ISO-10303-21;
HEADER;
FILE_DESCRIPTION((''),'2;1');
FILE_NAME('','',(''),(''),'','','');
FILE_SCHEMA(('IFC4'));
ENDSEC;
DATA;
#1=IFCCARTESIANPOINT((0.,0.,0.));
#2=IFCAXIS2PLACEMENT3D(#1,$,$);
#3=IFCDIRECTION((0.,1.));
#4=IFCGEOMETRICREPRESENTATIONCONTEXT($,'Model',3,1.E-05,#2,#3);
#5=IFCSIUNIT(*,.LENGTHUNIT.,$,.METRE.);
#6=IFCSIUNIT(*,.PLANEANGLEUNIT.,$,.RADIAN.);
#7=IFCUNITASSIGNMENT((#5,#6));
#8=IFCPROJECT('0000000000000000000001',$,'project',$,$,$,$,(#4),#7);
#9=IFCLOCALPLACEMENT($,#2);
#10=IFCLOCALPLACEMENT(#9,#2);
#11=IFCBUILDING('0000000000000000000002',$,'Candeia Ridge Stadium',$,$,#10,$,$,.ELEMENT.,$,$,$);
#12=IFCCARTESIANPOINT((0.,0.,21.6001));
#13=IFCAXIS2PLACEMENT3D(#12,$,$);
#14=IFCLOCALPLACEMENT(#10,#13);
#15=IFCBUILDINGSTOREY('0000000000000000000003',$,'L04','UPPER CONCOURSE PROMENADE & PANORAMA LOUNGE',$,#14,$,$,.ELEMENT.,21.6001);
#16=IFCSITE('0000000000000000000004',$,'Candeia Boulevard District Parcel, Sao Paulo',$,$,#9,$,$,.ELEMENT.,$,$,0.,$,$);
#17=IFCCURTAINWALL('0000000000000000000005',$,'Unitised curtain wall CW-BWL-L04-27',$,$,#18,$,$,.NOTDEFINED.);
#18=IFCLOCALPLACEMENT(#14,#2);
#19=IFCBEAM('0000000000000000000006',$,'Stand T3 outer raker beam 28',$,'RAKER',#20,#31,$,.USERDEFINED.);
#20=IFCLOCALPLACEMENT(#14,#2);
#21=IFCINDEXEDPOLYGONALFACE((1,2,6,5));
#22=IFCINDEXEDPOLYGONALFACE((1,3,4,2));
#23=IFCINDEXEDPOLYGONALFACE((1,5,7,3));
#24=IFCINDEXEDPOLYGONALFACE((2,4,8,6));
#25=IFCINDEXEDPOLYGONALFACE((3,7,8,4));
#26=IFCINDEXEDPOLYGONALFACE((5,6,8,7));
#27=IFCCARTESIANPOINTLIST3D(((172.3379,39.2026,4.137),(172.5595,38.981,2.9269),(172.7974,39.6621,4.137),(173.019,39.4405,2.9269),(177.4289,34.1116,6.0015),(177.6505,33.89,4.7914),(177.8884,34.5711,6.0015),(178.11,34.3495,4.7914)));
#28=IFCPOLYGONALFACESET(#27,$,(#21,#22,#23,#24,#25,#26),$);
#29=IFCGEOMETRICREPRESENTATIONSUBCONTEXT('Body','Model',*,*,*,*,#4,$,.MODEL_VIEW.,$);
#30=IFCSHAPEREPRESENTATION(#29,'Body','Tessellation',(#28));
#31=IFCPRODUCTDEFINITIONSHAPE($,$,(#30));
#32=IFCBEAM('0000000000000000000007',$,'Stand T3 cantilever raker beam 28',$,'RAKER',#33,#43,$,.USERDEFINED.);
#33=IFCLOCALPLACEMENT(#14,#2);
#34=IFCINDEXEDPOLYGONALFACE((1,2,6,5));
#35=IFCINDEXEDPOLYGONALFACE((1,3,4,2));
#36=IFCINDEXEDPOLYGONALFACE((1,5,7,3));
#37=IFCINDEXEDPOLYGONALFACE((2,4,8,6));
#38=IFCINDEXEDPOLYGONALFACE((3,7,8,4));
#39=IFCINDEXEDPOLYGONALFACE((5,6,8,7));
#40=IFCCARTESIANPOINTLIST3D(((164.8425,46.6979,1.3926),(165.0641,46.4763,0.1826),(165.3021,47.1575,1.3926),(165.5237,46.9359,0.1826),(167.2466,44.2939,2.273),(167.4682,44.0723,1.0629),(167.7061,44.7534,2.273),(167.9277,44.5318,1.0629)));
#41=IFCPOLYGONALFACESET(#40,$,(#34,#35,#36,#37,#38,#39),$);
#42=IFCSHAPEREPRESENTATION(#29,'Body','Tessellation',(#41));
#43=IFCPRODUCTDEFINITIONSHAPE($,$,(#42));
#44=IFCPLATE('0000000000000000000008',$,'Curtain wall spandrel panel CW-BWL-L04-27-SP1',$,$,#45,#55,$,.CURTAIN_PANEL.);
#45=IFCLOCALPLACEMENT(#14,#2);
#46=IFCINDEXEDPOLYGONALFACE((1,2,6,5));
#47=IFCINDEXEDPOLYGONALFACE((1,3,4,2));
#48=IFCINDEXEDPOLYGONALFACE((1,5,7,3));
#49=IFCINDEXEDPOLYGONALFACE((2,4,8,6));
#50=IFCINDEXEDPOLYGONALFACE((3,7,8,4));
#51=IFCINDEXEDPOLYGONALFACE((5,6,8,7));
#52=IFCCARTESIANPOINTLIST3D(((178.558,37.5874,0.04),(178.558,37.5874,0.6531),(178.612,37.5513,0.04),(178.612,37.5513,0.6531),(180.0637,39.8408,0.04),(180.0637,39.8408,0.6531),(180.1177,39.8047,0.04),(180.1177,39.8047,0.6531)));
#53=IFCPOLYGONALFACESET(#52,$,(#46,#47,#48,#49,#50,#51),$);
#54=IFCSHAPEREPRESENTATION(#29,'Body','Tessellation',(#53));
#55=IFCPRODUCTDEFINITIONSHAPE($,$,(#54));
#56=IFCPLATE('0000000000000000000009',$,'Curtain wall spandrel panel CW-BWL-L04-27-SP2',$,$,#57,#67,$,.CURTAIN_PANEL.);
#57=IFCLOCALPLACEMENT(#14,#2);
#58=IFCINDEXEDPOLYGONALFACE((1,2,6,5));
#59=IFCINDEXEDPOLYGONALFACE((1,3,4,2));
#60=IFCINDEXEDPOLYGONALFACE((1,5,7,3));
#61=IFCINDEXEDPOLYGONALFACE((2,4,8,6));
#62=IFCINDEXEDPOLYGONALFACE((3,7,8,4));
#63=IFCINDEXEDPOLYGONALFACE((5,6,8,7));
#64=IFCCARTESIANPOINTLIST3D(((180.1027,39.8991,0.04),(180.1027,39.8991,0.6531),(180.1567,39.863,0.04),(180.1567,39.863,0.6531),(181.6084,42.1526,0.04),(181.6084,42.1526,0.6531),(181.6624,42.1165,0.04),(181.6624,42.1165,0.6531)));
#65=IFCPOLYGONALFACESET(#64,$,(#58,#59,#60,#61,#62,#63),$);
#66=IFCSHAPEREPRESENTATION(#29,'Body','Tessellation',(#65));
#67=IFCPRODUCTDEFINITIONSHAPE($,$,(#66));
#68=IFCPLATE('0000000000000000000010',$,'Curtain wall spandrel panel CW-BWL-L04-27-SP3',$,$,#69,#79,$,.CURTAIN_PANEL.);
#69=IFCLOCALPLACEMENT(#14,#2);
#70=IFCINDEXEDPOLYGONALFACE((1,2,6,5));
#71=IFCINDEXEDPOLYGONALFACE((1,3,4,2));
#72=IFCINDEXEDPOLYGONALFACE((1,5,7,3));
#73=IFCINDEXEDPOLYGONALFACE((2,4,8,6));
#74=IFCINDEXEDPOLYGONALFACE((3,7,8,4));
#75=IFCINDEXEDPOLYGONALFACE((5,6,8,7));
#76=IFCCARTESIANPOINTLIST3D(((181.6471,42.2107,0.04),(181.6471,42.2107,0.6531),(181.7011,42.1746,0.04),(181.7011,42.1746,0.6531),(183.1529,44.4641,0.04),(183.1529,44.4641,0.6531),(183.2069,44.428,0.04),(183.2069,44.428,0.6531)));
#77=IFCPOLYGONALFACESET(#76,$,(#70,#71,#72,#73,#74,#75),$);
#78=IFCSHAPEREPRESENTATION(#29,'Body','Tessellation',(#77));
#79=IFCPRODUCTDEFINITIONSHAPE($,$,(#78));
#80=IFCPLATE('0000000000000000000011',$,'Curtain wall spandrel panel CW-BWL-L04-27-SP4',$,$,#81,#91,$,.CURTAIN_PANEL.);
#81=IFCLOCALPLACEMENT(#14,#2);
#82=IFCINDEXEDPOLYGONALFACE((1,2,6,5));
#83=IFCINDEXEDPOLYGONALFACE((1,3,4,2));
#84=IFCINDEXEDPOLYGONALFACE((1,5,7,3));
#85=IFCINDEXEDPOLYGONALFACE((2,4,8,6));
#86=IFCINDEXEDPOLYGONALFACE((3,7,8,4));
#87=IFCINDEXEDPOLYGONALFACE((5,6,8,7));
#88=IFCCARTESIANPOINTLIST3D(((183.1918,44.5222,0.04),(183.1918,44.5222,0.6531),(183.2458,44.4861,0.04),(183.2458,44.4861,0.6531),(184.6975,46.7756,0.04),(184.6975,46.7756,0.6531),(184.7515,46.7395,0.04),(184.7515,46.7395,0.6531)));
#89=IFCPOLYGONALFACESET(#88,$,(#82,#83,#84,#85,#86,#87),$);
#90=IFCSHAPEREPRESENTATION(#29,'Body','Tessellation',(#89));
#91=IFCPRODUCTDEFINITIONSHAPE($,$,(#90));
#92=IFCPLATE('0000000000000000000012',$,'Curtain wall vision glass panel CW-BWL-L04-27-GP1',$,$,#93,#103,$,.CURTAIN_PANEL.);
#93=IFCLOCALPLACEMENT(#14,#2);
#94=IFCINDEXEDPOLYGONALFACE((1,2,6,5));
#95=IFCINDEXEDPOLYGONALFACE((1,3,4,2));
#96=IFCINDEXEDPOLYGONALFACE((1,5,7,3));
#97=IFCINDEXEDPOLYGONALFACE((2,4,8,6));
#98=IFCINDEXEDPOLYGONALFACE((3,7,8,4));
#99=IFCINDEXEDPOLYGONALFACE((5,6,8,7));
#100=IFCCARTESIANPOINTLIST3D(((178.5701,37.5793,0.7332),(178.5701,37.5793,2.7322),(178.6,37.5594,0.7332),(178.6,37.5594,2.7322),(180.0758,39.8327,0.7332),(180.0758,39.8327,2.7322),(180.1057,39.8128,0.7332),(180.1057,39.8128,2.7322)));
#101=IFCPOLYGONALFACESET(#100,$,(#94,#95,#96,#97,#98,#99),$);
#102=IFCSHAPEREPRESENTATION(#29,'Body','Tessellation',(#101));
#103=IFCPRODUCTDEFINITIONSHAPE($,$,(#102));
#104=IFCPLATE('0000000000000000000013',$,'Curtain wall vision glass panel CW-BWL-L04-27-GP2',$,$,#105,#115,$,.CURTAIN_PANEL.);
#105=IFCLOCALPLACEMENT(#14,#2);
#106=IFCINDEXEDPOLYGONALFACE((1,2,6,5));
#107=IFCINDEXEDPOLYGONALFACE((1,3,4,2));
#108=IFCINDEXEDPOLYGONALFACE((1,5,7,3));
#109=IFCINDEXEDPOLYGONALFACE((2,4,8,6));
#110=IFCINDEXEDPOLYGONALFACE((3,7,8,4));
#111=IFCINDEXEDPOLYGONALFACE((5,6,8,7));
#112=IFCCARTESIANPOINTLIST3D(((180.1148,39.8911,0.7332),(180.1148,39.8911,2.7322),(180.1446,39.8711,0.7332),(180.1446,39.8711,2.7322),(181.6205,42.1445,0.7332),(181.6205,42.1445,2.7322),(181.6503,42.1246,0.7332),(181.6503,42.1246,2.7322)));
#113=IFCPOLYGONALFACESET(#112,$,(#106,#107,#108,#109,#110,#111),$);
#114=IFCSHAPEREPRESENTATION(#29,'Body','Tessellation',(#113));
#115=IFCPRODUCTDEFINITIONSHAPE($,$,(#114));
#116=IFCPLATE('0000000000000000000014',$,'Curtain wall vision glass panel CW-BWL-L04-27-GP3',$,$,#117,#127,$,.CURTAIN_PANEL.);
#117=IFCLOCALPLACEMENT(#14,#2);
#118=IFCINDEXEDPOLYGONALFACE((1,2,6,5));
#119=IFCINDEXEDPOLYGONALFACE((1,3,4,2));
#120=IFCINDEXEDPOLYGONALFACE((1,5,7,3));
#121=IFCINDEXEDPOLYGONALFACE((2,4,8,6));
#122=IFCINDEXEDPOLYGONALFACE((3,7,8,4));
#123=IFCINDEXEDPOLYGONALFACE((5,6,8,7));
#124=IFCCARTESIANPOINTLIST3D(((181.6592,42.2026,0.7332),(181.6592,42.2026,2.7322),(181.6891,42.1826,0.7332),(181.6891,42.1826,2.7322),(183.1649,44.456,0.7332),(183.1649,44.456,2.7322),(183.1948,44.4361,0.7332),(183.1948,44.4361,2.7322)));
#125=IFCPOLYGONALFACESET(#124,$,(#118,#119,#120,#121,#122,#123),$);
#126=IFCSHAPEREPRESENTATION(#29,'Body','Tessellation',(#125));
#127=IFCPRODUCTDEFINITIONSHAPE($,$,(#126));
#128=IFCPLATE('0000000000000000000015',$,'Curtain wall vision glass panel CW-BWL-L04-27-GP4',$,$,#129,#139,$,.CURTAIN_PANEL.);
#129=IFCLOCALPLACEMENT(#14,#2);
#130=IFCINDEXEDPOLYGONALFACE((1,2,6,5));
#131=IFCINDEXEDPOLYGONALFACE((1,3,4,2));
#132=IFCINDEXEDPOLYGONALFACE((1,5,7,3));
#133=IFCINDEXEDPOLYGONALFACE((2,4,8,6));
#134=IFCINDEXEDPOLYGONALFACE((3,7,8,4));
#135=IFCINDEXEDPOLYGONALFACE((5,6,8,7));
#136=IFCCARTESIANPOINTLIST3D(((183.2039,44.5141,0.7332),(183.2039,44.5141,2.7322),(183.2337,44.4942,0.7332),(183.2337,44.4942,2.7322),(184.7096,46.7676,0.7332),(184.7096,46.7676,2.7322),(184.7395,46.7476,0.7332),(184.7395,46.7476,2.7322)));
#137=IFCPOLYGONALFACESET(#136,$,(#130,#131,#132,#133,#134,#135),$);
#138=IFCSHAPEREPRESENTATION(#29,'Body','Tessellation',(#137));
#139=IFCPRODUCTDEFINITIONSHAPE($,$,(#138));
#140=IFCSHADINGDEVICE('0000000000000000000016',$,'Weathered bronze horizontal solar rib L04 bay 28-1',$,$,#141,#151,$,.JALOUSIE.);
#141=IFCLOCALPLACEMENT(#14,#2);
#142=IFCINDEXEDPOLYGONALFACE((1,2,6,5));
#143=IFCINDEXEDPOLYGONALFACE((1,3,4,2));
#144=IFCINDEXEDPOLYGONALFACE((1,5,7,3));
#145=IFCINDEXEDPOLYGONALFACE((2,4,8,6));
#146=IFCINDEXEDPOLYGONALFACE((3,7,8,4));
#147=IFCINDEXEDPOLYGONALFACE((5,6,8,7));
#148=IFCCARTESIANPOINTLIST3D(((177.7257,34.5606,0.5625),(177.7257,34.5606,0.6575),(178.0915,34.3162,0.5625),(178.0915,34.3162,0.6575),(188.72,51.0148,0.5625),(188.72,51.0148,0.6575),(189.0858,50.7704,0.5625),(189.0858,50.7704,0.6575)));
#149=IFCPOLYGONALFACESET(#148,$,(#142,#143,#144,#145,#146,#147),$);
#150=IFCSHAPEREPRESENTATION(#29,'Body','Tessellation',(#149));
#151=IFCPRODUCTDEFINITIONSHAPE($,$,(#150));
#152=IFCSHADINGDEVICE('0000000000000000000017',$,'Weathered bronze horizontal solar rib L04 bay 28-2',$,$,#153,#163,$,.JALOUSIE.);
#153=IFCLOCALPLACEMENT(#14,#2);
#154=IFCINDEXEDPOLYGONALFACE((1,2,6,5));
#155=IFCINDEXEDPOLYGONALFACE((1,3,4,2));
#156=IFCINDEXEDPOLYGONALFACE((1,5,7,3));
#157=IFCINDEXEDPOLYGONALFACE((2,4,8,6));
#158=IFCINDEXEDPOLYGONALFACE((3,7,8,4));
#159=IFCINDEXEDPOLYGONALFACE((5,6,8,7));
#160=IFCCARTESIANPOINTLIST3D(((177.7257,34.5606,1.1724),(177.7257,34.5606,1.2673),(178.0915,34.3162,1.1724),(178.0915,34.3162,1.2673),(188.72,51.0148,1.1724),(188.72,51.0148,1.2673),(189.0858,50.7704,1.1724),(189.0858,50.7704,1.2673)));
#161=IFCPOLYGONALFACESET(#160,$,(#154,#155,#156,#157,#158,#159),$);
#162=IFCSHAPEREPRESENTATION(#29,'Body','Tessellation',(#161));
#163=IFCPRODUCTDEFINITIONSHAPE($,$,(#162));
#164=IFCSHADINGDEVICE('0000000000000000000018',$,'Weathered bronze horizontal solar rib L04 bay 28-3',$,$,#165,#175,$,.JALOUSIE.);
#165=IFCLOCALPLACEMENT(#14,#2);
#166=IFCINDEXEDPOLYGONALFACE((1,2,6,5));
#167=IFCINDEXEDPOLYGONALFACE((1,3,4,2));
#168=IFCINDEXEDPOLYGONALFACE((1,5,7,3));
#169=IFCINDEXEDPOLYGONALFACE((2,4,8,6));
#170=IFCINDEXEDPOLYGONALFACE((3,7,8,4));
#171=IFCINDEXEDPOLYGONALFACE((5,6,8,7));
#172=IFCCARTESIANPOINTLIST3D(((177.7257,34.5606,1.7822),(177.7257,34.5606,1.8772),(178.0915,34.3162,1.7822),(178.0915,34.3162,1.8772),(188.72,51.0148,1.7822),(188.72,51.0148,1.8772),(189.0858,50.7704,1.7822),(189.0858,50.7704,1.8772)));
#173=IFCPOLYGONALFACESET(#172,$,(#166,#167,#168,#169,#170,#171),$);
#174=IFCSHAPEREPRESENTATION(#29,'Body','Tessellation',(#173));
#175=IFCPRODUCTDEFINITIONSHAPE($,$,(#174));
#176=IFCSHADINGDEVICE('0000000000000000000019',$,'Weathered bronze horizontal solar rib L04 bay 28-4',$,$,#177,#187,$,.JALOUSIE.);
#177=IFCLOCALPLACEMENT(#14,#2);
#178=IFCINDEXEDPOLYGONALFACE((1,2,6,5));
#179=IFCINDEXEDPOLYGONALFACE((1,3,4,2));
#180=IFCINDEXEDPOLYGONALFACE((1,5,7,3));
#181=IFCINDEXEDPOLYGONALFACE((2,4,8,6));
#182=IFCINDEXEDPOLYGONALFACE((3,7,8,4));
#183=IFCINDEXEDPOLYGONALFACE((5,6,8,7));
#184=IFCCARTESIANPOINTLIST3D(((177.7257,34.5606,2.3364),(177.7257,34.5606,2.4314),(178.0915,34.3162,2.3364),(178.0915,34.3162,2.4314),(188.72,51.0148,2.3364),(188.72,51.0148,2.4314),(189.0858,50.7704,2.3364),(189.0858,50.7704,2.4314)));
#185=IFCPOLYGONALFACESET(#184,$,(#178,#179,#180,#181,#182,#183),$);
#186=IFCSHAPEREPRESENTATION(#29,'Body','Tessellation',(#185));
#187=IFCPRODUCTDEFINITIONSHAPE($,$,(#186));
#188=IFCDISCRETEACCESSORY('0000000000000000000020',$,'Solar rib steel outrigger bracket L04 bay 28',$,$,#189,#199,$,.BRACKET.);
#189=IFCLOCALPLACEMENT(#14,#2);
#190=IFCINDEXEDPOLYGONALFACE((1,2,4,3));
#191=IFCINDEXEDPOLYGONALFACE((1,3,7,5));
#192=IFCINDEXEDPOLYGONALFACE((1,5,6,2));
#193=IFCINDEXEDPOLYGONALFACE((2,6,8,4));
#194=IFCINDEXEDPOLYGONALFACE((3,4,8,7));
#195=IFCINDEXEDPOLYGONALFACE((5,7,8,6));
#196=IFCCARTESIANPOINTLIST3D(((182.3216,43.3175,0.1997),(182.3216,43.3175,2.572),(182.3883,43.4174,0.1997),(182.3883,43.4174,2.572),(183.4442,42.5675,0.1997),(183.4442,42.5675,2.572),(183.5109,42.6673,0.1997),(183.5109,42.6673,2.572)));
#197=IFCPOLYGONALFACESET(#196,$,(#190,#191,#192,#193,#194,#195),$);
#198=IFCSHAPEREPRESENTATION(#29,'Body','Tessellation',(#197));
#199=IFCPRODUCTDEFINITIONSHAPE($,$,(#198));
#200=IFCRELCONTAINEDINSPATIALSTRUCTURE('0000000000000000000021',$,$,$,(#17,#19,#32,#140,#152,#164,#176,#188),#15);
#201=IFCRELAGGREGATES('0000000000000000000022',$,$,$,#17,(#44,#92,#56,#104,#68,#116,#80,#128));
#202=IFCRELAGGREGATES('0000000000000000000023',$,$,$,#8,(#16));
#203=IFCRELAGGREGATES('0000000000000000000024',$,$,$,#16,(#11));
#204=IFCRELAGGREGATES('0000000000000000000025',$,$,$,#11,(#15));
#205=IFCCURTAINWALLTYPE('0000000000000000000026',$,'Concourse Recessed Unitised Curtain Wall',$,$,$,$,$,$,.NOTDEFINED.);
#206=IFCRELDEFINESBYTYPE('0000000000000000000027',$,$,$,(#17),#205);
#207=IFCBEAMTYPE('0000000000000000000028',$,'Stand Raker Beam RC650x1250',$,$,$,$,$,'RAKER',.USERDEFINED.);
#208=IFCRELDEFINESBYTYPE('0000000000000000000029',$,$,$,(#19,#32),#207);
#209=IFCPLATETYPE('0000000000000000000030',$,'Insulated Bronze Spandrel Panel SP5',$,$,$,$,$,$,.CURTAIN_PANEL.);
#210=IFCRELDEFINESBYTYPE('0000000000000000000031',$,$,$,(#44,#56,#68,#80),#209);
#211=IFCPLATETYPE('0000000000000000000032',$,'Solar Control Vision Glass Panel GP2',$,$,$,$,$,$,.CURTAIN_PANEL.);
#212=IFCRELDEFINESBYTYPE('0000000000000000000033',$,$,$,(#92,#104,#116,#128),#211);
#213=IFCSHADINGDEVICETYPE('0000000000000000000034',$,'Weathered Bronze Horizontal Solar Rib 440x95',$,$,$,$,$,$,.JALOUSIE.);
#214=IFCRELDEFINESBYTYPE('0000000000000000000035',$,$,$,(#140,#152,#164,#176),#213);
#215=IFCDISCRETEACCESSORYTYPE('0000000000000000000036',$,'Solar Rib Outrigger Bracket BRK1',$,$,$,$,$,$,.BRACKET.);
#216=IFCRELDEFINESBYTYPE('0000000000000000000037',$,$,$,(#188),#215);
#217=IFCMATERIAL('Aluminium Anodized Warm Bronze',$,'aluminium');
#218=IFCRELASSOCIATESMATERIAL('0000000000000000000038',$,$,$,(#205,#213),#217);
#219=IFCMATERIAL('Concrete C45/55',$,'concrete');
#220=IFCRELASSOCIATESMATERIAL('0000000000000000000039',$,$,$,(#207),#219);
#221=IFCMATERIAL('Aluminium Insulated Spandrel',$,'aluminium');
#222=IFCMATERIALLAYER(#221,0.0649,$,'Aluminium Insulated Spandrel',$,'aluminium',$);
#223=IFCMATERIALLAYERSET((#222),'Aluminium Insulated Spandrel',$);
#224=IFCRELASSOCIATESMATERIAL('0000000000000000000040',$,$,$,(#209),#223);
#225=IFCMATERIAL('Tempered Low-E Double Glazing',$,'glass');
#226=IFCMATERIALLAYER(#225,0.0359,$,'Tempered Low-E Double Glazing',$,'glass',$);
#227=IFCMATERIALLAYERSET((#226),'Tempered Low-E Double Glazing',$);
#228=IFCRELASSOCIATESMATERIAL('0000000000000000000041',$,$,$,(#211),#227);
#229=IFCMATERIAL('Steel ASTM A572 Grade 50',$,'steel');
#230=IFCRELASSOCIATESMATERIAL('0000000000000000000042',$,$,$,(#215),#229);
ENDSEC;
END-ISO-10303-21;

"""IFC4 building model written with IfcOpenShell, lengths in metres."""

from ifc_helpers import new_model, si_unit, direction, frame, origin, origin_2d, place, context, subcontext, project, spatial, rectangle, extrude, material, layer, layer_set, material_profile, profile_set, type_object, element, aggregate, save


model = new_model("IFC4")

# Units and contexts
model_context = context("Model", 3, precision=1e-05, world=origin(), true_north=direction((0.0, 1.0)))
body_context = subcontext(model_context, "Body", "Model", "MODEL_VIEW")
ifc_project = project(units=[si_unit("LENGTHUNIT", "METRE"), si_unit("PLANEANGLEUNIT", "RADIAN")], contexts=[model_context])

# Site, building, storey
site_placement = place(None, origin())
site = spatial("IfcSite", under=ifc_project, at=site_placement, Name="Candeia Boulevard District Parcel, Sao Paulo", CompositionType="ELEMENT", RefElevation=0.0)
building_placement = place(site_placement, origin())
building = spatial("IfcBuilding", under=site, at=building_placement, Name="Candeia Ridge Stadium", CompositionType="ELEMENT")
storey_placement = place(building_placement, frame((0.0, 0.0, 21.6001)))
storey = spatial("IfcBuildingStorey", under=building, at=storey_placement, Name="L04", Description="UPPER CONCOURSE PROMENADE & PANORAMA LOUNGE", CompositionType="ELEMENT", Elevation=21.6001)

# Shared definitions
ifc_material_1 = material(Name="Concrete C45/55", Category="concrete")

# Curtain wall
ifc_material_2 = material(Name="Aluminium Anodized Warm Bronze", Category="aluminium")
curtain_wall_type = type_object("IfcCurtainWallType", Name="Concourse Recessed Unitised Curtain Wall", PredefinedType="NOTDEFINED", material=ifc_material_2)
curtain_wall_placement = place(storey_placement, origin())
curtain_wall = element("IfcCurtainWall", 1, at=curtain_wall_placement, inside=storey, type_object=curtain_wall_type, Name="Unitised curtain wall CW-BWL-L04-27", PredefinedType="NOTDEFINED")

# Beams
ifc_material_profile_1 = material_profile(ifc_material_1, rectangle(XDim=0.6499, YDim=1.25, at=origin_2d()), Name="RC650x1250", Category="concrete")
ifc_profile_set_1 = profile_set([ifc_material_profile_1], Name="Concrete C45/55")
beam_type_1 = type_object("IfcBeamType", Name="Stand Raker Beam RC650x1250", ElementType="RAKER", PredefinedType="USERDEFINED", material=ifc_profile_set_1)
beam_1_placement = place(storey_placement, frame((172.6785, 39.3215, 3.532), z_axis=(0.684526, -0.684526, 0.250694), x_axis=(0.707107, 0.707107, 0.0)))
element("IfcBeam", 2, at=beam_1_placement, inside=storey, type_object=beam_type_1, Name="Stand T3 outer raker beam 28", ObjectType="RAKER", PredefinedType="USERDEFINED", context=body_context, shape_type="SweptSolid", body=[
    extrude(rectangle(XDim=0.6499, YDim=1.25, at=origin_2d()), origin(), (0.0, 0.0, 1.0), 7.4373),
])
beam_2_placement = place(storey_placement, frame((165.1831, 46.8169, 0.7876), z_axis=(0.684529, -0.684529, 0.250677), x_axis=(0.707107, 0.707107, 0.0)))
element("IfcBeam", 3, at=beam_2_placement, inside=storey, type_object=beam_type_1, Name="Stand T3 cantilever raker beam 28", ObjectType="RAKER", PredefinedType="USERDEFINED", context=body_context, shape_type="SweptSolid", body=[
    extrude(rectangle(XDim=0.6499, YDim=1.25, at=origin_2d()), origin(), (0.0, 0.0, 1.0), 3.512),
])

# Plates
ifc_material_3 = material(Name="Aluminium Insulated Spandrel", Category="aluminium")
ifc_layer_1 = layer(ifc_material_3, 0.0649, Name="Aluminium Insulated Spandrel", Category="aluminium")
ifc_layer_set_1 = layer_set([ifc_layer_1], Name="Aluminium Insulated Spandrel")
plate_type_1 = type_object("IfcPlateType", Name="Insulated Bronze Spandrel Panel SP5", PredefinedType="CURTAIN_PANEL", material=ifc_layer_set_1)
plate_1_placement = place(storey_placement, frame((179.3379, 38.696, 0.04), z_axis=(0.0, 0.0, 1.0), x_axis=(0.555571, 0.831469, 0.0)))
plate_1 = element("IfcPlate", 4, at=plate_1_placement, type_object=plate_type_1, Name="Curtain wall spandrel panel CW-BWL-L04-27-SP1", PredefinedType="CURTAIN_PANEL", context=body_context, shape_type="SweptSolid", body=[
    extrude(rectangle(XDim=2.7102, YDim=0.0649, at=origin_2d()), origin(), (0.0, 0.0, 1.0), 0.613),
])
plate_2_placement = place(storey_placement, frame((180.8826, 41.0078, 0.04), z_axis=(0.0, 0.0, 1.0), x_axis=(0.555571, 0.831469, 0.0)))
plate_2 = element("IfcPlate", 5, at=plate_2_placement, type_object=plate_type_1, Name="Curtain wall spandrel panel CW-BWL-L04-27-SP2", PredefinedType="CURTAIN_PANEL", context=body_context, shape_type="SweptSolid", body=[
    extrude(rectangle(XDim=2.7102, YDim=0.0649, at=origin_2d()), origin(), (0.0, 0.0, 1.0), 0.613),
])
plate_3_placement = place(storey_placement, frame((182.427, 43.3193, 0.04), z_axis=(0.0, 0.0, 1.0), x_axis=(0.555571, 0.831469, 0.0)))
plate_3 = element("IfcPlate", 6, at=plate_3_placement, type_object=plate_type_1, Name="Curtain wall spandrel panel CW-BWL-L04-27-SP3", PredefinedType="CURTAIN_PANEL", context=body_context, shape_type="SweptSolid", body=[
    extrude(rectangle(XDim=2.7102, YDim=0.0649, at=origin_2d()), origin(), (0.0, 0.0, 1.0), 0.613),
])
plate_4_placement = place(storey_placement, frame((183.9717, 45.6309, 0.04), z_axis=(0.0, 0.0, 1.0), x_axis=(0.555571, 0.831469, 0.0)))
plate_4 = element("IfcPlate", 7, at=plate_4_placement, type_object=plate_type_1, Name="Curtain wall spandrel panel CW-BWL-L04-27-SP4", PredefinedType="CURTAIN_PANEL", context=body_context, shape_type="SweptSolid", body=[
    extrude(rectangle(XDim=2.7102, YDim=0.0649, at=origin_2d()), origin(), (0.0, 0.0, 1.0), 0.613),
])
ifc_material_4 = material(Name="Tempered Low-E Double Glazing", Category="glass")
ifc_layer_2 = layer(ifc_material_4, 0.0359, Name="Tempered Low-E Double Glazing", Category="glass")
ifc_layer_set_2 = layer_set([ifc_layer_2], Name="Tempered Low-E Double Glazing")
plate_type_2 = type_object("IfcPlateType", Name="Solar Control Vision Glass Panel GP2", PredefinedType="CURTAIN_PANEL", material=ifc_layer_set_2)
plate_5_placement = place(storey_placement, frame((179.3379, 38.696, 0.7332), z_axis=(0.0, 0.0, 1.0), x_axis=(0.555571, 0.831469, 0.0)))
plate_5 = element("IfcPlate", 8, at=plate_5_placement, type_object=plate_type_2, Name="Curtain wall vision glass panel CW-BWL-L04-27-GP1", PredefinedType="CURTAIN_PANEL", context=body_context, shape_type="SweptSolid", body=[
    extrude(rectangle(XDim=2.7102, YDim=0.0359, at=origin_2d()), origin(), (0.0, 0.0, 1.0), 1.999),
])
plate_6_placement = place(storey_placement, frame((180.8826, 41.0078, 0.7332), z_axis=(0.0, 0.0, 1.0), x_axis=(0.555571, 0.831469, 0.0)))
plate_6 = element("IfcPlate", 9, at=plate_6_placement, type_object=plate_type_2, Name="Curtain wall vision glass panel CW-BWL-L04-27-GP2", PredefinedType="CURTAIN_PANEL", context=body_context, shape_type="SweptSolid", body=[
    extrude(rectangle(XDim=2.7102, YDim=0.0359, at=origin_2d()), origin(), (0.0, 0.0, 1.0), 1.999),
])
plate_7_placement = place(storey_placement, frame((182.427, 43.3193, 0.7332), z_axis=(0.0, 0.0, 1.0), x_axis=(0.555571, 0.831469, 0.0)))
plate_7 = element("IfcPlate", 10, at=plate_7_placement, type_object=plate_type_2, Name="Curtain wall vision glass panel CW-BWL-L04-27-GP3", PredefinedType="CURTAIN_PANEL", context=body_context, shape_type="SweptSolid", body=[
    extrude(rectangle(XDim=2.7102, YDim=0.0359, at=origin_2d()), origin(), (0.0, 0.0, 1.0), 1.999),
])
plate_8_placement = place(storey_placement, frame((183.9717, 45.6309, 0.7332), z_axis=(0.0, 0.0, 1.0), x_axis=(0.555571, 0.831469, 0.0)))
plate_8 = element("IfcPlate", 11, at=plate_8_placement, type_object=plate_type_2, Name="Curtain wall vision glass panel CW-BWL-L04-27-GP4", PredefinedType="CURTAIN_PANEL", context=body_context, shape_type="SweptSolid", body=[
    extrude(rectangle(XDim=2.7102, YDim=0.0359, at=origin_2d()), origin(), (0.0, 0.0, 1.0), 1.999),
])
aggregate(curtain_wall, [plate_1, plate_5, plate_2, plate_6, plate_3, plate_7, plate_4, plate_8])

# Shading devices
shading_device_type = type_object("IfcShadingDeviceType", Name="Weathered Bronze Horizontal Solar Rib 440x95", PredefinedType="JALOUSIE", material=ifc_material_2)
for number, where, z_axis, x_axis, name in (
    (12, (183.4058, 42.6655, 0.5625), (0.0, 0.0, 1.0), (0.55557, 0.83147, 0.0), "Weathered bronze horizontal solar rib L04 bay 28-1"),
    (13, (183.4058, 42.6655, 1.1724), (0.0, 0.0, 1.0), (0.55557, 0.83147, 0.0), "Weathered bronze horizontal solar rib L04 bay 28-2"),
    (14, (183.4058, 42.6655, 1.7822), (0.0, 0.0, 1.0), (0.55557, 0.83147, 0.0), "Weathered bronze horizontal solar rib L04 bay 28-3"),
    (15, (183.4058, 42.6655, 2.3364), (0.0, 0.0, 1.0), (0.55557, 0.83147, 0.0), "Weathered bronze horizontal solar rib L04 bay 28-4"),
):
    element("IfcShadingDevice", number, at=place(storey_placement, frame(where, z_axis=z_axis, x_axis=x_axis)), inside=storey, type_object=shading_device_type, Name=name, PredefinedType="JALOUSIE", context=body_context, shape_type="SweptSolid", body=[
        extrude(rectangle(XDim=19.7893, YDim=0.4399, at=origin_2d()), origin(), (0.0, 0.0, 1.0), 0.095),
    ])

# Discrete accessory
ifc_material_5 = material(Name="Steel ASTM A572 Grade 50", Category="steel")
discrete_accessory_type = type_object("IfcDiscreteAccessoryType", Name="Solar Rib Outrigger Bracket BRK1", PredefinedType="BRACKET", material=ifc_material_5)
discrete_accessory_placement = place(storey_placement, frame((182.9163, 42.9924, 0.1997), z_axis=(0.0, 0.0, 1.0), x_axis=(0.83147, -0.55557, 0.0)))
element("IfcDiscreteAccessory", 16, at=discrete_accessory_placement, inside=storey, type_object=discrete_accessory_type, Name="Solar rib steel outrigger bracket L04 bay 28", PredefinedType="BRACKET", context=body_context, shape_type="SweptSolid", body=[
    extrude(rectangle(XDim=1.3501, YDim=0.1201, at=origin_2d()), origin(), (0.0, 0.0, 1.0), 2.3723),
])

save(model, "model.ifc")
